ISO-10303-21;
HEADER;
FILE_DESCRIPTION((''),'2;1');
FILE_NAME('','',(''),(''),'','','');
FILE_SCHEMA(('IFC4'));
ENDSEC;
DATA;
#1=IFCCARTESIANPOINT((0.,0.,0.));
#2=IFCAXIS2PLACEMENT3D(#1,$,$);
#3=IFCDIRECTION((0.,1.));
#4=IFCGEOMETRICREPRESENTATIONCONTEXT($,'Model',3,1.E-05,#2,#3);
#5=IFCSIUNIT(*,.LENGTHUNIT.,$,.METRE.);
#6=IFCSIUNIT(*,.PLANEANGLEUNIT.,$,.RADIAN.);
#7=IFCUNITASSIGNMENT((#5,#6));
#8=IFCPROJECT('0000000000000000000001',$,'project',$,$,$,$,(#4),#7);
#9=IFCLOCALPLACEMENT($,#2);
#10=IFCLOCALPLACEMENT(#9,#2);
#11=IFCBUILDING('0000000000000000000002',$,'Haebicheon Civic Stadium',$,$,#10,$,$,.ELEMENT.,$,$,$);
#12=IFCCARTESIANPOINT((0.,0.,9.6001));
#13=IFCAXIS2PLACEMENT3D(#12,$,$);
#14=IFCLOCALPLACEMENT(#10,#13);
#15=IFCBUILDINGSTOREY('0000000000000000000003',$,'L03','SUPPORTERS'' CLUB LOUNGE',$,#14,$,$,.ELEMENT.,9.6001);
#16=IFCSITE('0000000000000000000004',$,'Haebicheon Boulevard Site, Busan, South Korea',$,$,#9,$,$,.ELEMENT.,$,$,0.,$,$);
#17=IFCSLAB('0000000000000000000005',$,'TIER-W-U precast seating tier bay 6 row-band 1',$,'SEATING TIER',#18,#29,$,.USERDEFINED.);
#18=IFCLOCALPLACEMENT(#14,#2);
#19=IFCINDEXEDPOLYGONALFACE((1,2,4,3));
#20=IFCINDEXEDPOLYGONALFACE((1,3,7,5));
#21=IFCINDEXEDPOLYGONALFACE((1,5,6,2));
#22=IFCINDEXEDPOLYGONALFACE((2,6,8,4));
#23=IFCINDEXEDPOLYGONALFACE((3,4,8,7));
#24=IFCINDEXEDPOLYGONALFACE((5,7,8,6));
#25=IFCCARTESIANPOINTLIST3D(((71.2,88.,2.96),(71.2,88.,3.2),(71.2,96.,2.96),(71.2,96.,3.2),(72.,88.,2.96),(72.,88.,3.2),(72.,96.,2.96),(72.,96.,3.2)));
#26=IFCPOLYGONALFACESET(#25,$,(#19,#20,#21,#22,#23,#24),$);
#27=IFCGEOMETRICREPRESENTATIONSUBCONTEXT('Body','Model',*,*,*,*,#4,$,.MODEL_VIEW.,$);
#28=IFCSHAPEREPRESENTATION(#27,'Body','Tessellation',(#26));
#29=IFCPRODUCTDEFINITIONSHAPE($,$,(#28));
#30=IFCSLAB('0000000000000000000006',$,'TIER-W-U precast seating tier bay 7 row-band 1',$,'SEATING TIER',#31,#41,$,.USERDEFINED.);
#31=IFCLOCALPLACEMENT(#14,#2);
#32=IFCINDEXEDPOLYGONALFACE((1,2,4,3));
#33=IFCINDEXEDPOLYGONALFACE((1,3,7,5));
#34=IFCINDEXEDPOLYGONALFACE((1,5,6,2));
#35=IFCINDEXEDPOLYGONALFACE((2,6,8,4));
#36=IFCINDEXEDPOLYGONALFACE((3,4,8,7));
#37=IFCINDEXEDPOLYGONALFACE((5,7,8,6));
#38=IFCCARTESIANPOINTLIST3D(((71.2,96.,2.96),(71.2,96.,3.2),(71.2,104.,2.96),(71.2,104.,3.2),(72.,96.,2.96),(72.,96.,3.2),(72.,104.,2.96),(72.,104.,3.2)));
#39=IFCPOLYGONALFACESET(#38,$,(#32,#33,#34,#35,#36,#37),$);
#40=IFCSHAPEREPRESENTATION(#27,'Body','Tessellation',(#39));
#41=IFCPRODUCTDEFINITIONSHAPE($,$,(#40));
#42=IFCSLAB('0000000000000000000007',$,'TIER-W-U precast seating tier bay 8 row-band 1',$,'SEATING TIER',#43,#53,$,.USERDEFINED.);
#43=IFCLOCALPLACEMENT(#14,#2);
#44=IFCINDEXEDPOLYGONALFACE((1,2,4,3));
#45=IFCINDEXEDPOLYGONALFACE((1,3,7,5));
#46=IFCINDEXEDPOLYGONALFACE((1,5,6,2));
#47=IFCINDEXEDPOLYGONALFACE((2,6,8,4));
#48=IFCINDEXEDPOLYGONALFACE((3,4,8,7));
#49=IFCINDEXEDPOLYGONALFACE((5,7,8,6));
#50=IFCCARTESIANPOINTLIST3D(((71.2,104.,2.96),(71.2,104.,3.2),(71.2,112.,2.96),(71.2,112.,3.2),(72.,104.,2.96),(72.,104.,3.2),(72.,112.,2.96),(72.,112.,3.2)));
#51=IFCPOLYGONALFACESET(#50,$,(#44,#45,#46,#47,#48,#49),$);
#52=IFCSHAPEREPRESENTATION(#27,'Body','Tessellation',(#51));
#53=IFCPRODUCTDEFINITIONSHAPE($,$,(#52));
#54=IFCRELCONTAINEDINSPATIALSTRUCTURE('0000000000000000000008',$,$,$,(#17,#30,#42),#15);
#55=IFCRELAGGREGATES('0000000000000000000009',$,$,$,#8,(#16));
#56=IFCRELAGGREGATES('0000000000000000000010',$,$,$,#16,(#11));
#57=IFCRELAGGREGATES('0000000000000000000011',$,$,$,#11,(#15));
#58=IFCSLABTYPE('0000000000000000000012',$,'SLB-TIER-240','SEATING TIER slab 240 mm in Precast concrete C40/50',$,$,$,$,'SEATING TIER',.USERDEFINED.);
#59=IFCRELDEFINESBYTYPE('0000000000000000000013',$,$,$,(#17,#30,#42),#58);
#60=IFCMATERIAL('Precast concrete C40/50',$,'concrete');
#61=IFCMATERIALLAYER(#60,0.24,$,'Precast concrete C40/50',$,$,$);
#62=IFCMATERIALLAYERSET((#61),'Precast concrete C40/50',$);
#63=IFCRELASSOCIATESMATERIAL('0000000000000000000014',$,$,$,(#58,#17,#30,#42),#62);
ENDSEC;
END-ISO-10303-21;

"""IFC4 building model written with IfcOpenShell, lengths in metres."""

from ifc_helpers import new_model, si_unit, direction, frame, origin, place, context, subcontext, project, spatial, polyline, outline, extrude, material, layer, layer_set, type_object, element, save


model = new_model("IFC4")

# Units and contexts
model_context = context("Model", 3, precision=1e-05, world=origin(), true_north=direction((0.0, 1.0)))
body_context = subcontext(model_context, "Body", "Model", "MODEL_VIEW")
ifc_project = project(units=[si_unit("LENGTHUNIT", "METRE"), si_unit("PLANEANGLEUNIT", "RADIAN")], contexts=[model_context])

# Site, building, storey
site_placement = place(None, origin())
site = spatial("IfcSite", under=ifc_project, at=site_placement, Name="Haebicheon Boulevard Site, Busan, South Korea", CompositionType="ELEMENT", RefElevation=0.0)
building_placement = place(site_placement, origin())
building = spatial("IfcBuilding", under=site, at=building_placement, Name="Haebicheon Civic Stadium", CompositionType="ELEMENT")
storey_placement = place(building_placement, frame((0.0, 0.0, 9.6001)))
storey = spatial("IfcBuildingStorey", under=building, at=storey_placement, Name="L03", Description="SUPPORTERS' CLUB LOUNGE", CompositionType="ELEMENT", Elevation=9.6001)

# Slabs
ifc_material_1 = material(Name="Precast concrete C40/50", Category="concrete")
ifc_layer_1 = layer(ifc_material_1, 0.24, Name="Precast concrete C40/50")
ifc_layer_set_1 = layer_set([ifc_layer_1], Name="Precast concrete C40/50")
slab_type_1 = type_object("IfcSlabType", Name="SLB-TIER-240", Description="SEATING TIER slab 240 mm in Precast concrete C40/50", ElementType="SEATING TIER", PredefinedType="USERDEFINED", material=ifc_layer_set_1)
slab_1_placement = place(storey_placement, frame((0.0, 0.0, 2.96)))
element("IfcSlab", 1, at=slab_1_placement, inside=storey, type_object=slab_type_1, material=ifc_layer_set_1, Name="TIER-W-U precast seating tier bay 6 row-band 1", ObjectType="SEATING TIER", PredefinedType="USERDEFINED", context=body_context, shape_type="SweptSolid", body=[
    extrude(outline(polyline([(71.2, 88.0), (72.0, 88.0), (72.0, 96.0), (71.2, 96.0), (71.2, 88.0)])), origin(), (0.0, 0.0, 1.0), 0.24),
])
slab_2_placement = place(storey_placement, frame((0.0, 0.0, 2.96)))
element("IfcSlab", 2, at=slab_2_placement, inside=storey, type_object=slab_type_1, material=ifc_layer_set_1, Name="TIER-W-U precast seating tier bay 7 row-band 1", ObjectType="SEATING TIER", PredefinedType="USERDEFINED", context=body_context, shape_type="SweptSolid", body=[
    extrude(outline(polyline([(71.2, 96.0), (72.0, 96.0), (72.0, 104.0), (71.2, 104.0), (71.2, 96.0)])), origin(), (0.0, 0.0, 1.0), 0.24),
])
slab_3_placement = place(storey_placement, frame((0.0, 0.0, 2.96)))
element("IfcSlab", 3, at=slab_3_placement, inside=storey, type_object=slab_type_1, material=ifc_layer_set_1, Name="TIER-W-U precast seating tier bay 8 row-band 1", ObjectType="SEATING TIER", PredefinedType="USERDEFINED", context=body_context, shape_type="SweptSolid", body=[
    extrude(outline(polyline([(71.2, 104.0), (72.0, 104.0), (72.0, 112.0), (71.2, 112.0), (71.2, 104.0)])), origin(), (0.0, 0.0, 1.0), 0.24),
])

save(model, "model.ifc")
